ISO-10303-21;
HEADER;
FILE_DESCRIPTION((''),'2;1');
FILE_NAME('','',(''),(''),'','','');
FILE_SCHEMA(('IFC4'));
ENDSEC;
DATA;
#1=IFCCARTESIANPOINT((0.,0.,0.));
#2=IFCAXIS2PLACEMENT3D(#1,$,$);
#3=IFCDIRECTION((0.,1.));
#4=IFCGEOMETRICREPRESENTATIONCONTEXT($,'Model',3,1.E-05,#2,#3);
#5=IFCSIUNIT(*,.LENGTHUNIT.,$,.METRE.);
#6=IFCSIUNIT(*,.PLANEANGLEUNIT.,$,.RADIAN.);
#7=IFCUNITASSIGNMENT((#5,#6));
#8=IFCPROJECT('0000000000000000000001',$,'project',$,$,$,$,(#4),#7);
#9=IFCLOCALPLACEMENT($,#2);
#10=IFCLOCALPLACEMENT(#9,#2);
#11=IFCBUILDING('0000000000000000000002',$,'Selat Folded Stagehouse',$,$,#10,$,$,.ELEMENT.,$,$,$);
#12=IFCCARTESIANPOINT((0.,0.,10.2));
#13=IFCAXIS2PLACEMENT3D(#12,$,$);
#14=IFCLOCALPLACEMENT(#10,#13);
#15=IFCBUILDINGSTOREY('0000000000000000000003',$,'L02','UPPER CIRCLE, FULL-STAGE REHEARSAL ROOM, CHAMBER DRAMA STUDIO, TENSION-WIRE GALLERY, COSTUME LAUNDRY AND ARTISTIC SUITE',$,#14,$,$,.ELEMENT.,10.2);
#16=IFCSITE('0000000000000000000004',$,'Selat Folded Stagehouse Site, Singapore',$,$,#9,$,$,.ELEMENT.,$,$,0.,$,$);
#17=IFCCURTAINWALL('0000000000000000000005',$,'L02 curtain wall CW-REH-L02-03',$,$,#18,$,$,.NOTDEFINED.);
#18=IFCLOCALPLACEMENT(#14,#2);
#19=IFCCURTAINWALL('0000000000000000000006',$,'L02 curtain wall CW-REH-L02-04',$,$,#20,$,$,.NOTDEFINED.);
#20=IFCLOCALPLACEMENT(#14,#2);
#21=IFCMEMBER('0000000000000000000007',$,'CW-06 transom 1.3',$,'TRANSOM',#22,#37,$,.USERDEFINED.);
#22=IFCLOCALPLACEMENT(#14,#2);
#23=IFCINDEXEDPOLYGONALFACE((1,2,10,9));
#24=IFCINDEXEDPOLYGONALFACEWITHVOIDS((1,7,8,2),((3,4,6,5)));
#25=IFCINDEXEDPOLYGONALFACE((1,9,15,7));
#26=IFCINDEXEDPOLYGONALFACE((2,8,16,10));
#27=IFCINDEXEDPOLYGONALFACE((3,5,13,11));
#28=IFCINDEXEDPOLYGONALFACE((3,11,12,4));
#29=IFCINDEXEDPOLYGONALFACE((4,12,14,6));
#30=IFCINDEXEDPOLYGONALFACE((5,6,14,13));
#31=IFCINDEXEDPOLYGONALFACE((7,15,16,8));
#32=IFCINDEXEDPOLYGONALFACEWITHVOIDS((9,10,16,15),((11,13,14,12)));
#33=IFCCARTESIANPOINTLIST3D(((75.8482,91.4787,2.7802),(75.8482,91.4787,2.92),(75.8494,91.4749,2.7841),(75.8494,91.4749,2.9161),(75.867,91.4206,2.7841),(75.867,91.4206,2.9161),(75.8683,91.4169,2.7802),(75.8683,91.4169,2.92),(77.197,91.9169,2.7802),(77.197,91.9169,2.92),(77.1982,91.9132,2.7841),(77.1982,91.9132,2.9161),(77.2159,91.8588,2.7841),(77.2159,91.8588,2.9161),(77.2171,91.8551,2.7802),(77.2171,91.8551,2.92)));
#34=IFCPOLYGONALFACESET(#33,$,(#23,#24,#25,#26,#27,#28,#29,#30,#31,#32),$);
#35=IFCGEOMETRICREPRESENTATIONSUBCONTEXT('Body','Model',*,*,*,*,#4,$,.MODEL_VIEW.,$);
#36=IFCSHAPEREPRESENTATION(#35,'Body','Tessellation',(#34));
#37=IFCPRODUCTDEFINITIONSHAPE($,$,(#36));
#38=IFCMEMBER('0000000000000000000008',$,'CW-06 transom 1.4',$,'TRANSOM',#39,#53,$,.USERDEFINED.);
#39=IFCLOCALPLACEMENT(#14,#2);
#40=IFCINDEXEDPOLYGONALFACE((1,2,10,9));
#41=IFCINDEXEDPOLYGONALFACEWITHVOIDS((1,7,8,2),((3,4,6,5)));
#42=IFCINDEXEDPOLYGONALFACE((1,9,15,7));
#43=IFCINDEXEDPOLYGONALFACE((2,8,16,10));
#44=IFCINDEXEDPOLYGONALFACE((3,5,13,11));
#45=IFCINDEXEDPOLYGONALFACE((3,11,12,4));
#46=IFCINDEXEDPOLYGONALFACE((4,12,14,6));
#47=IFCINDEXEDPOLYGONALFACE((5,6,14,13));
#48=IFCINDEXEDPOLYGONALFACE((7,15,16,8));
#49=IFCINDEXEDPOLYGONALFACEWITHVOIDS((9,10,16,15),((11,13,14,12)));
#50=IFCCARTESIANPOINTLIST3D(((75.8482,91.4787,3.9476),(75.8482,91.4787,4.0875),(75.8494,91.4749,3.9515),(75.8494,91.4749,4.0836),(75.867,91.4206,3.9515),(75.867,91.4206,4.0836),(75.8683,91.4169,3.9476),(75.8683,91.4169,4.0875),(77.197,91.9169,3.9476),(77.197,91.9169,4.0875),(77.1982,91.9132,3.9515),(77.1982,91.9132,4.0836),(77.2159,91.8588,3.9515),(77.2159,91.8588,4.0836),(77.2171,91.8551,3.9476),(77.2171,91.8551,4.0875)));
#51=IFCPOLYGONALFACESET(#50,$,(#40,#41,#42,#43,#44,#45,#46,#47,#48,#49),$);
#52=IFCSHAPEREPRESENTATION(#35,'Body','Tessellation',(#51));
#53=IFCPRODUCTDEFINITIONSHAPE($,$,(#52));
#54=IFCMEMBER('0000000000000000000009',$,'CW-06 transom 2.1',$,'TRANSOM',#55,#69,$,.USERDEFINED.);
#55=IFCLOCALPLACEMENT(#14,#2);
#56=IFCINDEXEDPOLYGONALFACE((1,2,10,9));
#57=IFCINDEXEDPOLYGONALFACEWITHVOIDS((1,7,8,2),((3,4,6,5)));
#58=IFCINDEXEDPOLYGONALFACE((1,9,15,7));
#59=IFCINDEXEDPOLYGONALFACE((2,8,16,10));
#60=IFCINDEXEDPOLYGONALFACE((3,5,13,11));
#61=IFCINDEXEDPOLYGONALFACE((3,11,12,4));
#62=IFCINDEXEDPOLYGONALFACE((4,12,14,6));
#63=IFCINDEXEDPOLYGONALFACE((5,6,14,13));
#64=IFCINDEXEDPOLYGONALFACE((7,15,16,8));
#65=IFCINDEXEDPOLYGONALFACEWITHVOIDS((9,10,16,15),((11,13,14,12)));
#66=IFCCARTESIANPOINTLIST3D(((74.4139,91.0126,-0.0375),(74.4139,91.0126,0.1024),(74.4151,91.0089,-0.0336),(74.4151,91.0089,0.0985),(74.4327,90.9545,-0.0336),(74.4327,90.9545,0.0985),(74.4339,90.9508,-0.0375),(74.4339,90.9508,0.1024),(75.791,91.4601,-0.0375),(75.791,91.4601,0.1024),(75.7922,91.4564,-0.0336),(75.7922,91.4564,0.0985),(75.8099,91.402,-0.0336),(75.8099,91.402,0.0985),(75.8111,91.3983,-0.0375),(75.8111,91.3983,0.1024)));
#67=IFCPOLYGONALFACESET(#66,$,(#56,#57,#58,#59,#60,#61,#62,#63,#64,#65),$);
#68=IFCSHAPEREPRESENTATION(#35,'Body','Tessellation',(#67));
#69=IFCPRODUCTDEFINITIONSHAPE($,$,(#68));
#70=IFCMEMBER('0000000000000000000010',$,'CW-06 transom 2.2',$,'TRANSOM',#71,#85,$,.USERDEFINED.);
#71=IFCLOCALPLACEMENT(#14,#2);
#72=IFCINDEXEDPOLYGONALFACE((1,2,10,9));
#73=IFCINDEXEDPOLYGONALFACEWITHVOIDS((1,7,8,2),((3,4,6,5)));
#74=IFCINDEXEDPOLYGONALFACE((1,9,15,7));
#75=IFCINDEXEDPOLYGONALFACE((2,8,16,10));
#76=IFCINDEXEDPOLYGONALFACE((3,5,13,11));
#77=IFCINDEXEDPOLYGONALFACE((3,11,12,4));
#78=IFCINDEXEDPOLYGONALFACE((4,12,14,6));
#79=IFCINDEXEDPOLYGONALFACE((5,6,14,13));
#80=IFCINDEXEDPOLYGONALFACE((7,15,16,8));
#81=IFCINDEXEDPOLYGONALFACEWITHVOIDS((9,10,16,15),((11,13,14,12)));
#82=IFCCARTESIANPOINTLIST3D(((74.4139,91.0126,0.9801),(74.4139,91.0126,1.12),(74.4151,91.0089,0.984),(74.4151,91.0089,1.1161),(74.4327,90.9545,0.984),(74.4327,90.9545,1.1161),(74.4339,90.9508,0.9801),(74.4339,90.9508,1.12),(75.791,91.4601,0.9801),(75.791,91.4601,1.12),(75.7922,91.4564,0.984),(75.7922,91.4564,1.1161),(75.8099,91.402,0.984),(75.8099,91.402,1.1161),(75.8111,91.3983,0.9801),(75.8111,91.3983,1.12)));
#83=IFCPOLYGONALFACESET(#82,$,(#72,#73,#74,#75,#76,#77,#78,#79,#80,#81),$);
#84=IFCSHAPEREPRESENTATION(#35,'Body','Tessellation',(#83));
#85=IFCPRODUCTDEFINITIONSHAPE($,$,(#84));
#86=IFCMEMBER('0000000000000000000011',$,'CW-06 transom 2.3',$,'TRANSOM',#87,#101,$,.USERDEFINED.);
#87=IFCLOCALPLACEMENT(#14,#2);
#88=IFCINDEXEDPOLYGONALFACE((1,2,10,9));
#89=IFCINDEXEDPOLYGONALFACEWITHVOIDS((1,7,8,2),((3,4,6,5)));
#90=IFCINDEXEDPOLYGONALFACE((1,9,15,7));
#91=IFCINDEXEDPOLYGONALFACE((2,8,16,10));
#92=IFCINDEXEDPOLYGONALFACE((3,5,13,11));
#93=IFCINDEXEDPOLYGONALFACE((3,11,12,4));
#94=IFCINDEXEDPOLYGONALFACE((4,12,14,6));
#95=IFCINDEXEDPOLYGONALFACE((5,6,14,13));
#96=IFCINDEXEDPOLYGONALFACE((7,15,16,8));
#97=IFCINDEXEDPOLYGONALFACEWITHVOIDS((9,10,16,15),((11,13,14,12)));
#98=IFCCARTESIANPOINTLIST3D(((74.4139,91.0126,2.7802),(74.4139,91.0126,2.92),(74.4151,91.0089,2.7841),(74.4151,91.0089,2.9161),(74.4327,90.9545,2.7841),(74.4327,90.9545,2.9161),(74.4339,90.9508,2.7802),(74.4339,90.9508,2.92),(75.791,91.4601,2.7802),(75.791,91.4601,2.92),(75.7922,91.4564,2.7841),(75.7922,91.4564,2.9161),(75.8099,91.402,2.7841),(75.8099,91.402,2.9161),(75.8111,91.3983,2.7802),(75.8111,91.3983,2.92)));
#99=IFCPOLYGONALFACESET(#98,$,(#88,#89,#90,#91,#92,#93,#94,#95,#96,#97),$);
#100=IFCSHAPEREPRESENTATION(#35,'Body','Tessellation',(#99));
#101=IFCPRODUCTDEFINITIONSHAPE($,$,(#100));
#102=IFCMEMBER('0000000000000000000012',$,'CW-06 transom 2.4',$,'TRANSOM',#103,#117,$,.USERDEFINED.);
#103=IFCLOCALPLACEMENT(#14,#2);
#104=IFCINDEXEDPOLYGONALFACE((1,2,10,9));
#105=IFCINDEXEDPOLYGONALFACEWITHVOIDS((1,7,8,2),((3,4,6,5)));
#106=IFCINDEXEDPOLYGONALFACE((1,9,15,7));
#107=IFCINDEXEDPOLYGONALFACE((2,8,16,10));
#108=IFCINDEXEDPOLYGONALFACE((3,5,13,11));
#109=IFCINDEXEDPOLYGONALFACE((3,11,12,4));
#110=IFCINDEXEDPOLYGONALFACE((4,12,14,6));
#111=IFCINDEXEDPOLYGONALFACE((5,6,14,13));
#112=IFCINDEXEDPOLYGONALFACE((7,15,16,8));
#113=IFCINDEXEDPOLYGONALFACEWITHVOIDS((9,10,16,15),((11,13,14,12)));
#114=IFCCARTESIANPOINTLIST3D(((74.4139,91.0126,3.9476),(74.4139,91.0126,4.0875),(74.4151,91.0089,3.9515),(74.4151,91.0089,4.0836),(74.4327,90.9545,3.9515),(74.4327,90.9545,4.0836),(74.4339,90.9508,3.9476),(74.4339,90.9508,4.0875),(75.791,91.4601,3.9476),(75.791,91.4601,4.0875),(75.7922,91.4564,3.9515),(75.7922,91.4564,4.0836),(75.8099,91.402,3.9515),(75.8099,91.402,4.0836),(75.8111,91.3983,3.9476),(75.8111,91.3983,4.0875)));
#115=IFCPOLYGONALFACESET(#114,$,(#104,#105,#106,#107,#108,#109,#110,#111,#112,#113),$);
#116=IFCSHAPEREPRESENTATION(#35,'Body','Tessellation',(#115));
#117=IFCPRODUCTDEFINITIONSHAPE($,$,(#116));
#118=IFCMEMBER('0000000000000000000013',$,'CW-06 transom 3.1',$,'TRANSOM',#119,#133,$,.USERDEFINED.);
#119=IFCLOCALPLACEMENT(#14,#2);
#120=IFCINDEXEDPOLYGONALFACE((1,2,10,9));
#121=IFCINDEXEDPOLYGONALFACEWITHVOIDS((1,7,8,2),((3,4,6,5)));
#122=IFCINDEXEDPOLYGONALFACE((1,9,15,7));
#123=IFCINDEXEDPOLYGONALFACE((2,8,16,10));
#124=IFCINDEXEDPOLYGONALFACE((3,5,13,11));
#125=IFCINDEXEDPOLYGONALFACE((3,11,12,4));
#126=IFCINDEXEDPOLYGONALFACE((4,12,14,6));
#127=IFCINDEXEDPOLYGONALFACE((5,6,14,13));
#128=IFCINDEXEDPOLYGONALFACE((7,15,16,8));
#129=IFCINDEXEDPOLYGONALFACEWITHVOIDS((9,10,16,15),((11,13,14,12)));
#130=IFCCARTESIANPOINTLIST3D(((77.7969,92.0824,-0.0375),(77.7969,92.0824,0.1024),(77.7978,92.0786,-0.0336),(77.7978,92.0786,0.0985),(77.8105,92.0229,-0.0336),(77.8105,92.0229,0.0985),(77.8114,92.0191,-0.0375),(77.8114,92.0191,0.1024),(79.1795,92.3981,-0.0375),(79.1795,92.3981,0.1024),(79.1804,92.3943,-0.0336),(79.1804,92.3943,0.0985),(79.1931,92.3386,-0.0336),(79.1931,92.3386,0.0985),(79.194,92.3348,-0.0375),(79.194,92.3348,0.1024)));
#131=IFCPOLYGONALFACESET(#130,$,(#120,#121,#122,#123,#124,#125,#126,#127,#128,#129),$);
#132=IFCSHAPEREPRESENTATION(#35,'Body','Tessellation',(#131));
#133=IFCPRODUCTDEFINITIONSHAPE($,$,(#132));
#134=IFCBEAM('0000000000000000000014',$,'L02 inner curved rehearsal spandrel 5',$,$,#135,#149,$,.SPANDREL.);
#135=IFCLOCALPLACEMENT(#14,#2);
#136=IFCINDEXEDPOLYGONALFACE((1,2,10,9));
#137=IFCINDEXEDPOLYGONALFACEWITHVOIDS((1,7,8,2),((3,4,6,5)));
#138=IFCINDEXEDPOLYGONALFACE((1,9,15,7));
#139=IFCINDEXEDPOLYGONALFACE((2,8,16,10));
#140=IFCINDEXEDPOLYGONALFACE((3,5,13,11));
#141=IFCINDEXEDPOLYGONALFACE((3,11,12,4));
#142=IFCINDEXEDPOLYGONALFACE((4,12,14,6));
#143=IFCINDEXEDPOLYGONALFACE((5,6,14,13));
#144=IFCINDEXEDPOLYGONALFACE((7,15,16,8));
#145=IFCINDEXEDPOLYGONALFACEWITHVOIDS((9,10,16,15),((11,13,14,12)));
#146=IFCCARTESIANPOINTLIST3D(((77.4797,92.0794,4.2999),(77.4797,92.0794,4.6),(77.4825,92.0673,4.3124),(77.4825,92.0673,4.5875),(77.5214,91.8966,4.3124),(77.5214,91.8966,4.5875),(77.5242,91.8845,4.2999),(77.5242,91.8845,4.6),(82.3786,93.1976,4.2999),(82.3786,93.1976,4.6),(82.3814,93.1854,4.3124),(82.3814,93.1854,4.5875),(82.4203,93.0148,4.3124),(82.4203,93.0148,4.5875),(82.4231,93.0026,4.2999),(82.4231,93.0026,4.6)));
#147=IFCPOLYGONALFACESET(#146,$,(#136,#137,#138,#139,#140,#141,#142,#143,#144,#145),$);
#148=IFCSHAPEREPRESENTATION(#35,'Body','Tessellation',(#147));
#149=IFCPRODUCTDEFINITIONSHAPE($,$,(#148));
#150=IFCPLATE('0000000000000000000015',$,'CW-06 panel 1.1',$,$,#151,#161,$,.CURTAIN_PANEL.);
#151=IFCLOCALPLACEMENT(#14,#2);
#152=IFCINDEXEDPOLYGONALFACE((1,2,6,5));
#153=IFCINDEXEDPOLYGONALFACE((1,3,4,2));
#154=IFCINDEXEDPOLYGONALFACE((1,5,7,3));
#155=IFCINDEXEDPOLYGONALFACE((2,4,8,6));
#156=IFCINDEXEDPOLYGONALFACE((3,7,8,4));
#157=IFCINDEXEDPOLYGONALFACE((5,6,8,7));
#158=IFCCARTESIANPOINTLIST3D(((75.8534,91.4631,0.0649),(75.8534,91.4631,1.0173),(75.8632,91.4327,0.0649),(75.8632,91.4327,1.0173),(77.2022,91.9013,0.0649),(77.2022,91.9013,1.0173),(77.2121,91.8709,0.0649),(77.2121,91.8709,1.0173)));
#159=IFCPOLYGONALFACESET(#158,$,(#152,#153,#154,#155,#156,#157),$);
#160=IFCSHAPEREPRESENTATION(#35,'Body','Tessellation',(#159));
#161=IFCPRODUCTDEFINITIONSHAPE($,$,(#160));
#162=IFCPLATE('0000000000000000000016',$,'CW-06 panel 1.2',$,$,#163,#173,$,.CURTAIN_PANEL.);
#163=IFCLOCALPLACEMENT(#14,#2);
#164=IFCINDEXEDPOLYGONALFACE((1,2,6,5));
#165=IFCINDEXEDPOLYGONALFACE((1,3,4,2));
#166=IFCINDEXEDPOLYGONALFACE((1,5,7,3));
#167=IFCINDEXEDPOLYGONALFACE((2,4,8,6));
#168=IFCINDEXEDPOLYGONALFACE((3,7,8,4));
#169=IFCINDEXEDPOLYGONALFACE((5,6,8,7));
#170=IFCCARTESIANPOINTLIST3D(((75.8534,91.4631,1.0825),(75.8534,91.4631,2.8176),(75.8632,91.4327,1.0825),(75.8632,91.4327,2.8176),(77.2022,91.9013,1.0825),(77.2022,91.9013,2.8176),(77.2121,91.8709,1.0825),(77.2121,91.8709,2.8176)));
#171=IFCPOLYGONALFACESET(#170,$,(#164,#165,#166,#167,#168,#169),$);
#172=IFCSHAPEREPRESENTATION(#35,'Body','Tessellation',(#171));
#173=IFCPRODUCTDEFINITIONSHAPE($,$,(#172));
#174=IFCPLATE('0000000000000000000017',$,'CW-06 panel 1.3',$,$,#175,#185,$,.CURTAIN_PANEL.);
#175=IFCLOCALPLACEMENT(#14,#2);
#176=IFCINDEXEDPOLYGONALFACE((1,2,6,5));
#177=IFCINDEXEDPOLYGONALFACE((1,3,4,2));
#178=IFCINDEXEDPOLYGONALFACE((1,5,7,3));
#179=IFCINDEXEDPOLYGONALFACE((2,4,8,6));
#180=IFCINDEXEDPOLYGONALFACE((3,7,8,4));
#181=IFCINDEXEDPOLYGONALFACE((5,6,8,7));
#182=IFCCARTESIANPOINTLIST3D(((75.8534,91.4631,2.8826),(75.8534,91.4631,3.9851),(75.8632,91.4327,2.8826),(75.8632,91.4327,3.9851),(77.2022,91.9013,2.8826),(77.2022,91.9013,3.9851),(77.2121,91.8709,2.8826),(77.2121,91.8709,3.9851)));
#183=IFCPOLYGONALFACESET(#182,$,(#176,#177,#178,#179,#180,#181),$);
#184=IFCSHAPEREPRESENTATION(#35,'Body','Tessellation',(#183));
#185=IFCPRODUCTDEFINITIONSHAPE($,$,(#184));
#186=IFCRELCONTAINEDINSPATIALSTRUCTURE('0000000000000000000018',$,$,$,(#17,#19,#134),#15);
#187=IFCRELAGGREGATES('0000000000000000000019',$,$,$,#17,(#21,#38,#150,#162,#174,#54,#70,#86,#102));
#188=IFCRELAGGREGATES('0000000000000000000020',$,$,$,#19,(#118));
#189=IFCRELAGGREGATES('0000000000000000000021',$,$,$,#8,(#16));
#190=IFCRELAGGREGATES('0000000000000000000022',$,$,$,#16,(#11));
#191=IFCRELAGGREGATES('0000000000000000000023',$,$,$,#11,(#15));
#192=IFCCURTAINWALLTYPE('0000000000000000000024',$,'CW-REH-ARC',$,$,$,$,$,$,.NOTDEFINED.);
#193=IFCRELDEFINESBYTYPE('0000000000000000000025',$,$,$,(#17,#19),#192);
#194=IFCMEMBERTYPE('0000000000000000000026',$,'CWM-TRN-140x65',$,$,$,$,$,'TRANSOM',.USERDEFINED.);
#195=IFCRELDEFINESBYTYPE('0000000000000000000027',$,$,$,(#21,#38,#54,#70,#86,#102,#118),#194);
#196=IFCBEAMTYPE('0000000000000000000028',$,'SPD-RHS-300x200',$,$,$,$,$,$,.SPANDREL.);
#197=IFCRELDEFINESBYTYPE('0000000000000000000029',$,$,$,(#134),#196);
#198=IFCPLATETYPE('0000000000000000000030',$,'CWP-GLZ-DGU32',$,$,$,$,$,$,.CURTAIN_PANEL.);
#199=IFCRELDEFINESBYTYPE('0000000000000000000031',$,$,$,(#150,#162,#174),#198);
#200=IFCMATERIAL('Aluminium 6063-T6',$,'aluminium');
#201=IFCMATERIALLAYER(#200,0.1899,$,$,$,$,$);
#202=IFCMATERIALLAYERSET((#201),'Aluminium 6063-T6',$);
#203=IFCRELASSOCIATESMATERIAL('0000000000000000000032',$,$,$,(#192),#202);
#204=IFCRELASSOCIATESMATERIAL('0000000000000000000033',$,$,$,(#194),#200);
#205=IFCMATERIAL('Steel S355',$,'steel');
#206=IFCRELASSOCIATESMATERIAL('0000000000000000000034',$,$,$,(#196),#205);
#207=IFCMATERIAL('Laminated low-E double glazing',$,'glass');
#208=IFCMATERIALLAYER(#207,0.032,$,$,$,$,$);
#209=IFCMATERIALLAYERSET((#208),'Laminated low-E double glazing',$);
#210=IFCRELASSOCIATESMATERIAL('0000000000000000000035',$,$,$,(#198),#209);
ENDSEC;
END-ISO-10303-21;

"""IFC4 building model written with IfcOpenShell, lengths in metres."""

from ifc_helpers import new_model, si_unit, direction, frame, origin, origin_2d, place, context, subcontext, project, spatial, rectangle, hollow_rectangle, extrude, material, layer, layer_set, material_profile, profile_set, type_object, element, aggregate, save


model = new_model("IFC4")

# Units and contexts
model_context = context("Model", 3, precision=1e-05, world=origin(), true_north=direction((0.0, 1.0)))
body_context = subcontext(model_context, "Body", "Model", "MODEL_VIEW")
ifc_project = project(units=[si_unit("LENGTHUNIT", "METRE"), si_unit("PLANEANGLEUNIT", "RADIAN")], contexts=[model_context])

# Site, building, storey
site_placement = place(None, origin())
site = spatial("IfcSite", under=ifc_project, at=site_placement, Name="Selat Folded Stagehouse Site, Singapore", CompositionType="ELEMENT", RefElevation=0.0)
building_placement = place(site_placement, origin())
building = spatial("IfcBuilding", under=site, at=building_placement, Name="Selat Folded Stagehouse", CompositionType="ELEMENT")
storey_placement = place(building_placement, frame((0.0, 0.0, 10.2)))
storey = spatial("IfcBuildingStorey", under=building, at=storey_placement, Name="L02", Description="UPPER CIRCLE, FULL-STAGE REHEARSAL ROOM, CHAMBER DRAMA STUDIO, TENSION-WIRE GALLERY, COSTUME LAUNDRY AND ARTISTIC SUITE", CompositionType="ELEMENT", Elevation=10.2)

# Shared definitions
ifc_material_1 = material(Name="Steel S355", Category="steel")

# Curtain wall
ifc_material_2 = material(Name="Aluminium 6063-T6", Category="aluminium")
ifc_layer_1 = layer(ifc_material_2, 0.1899)
ifc_layer_set_1 = layer_set([ifc_layer_1], Name="Aluminium 6063-T6")
curtain_wall_type = type_object("IfcCurtainWallType", Name="CW-REH-ARC", PredefinedType="NOTDEFINED", material=ifc_layer_set_1)
curtain_wall_1_placement = place(storey_placement, origin())
curtain_wall_1 = element("IfcCurtainWall", 1, at=curtain_wall_1_placement, inside=storey, type_object=curtain_wall_type, Name="L02 curtain wall CW-REH-L02-03", PredefinedType="NOTDEFINED")

# Curtain wall
curtain_wall_2_placement = place(storey_placement, origin())
curtain_wall_2 = element("IfcCurtainWall", 2, at=curtain_wall_2_placement, inside=storey, type_object=curtain_wall_type, Name="L02 curtain wall CW-REH-L02-04", PredefinedType="NOTDEFINED")

# Members
ifc_material_profile_1 = material_profile(ifc_material_2, hollow_rectangle(XDim=0.0649, YDim=0.1399, WallThickness=0.0039, at=origin_2d()), Name="ALU 140x65x4.0")
ifc_profile_set_1 = profile_set([ifc_material_profile_1], Name="Aluminium 6063-T6")
member_type_1 = type_object("IfcMemberType", Name="CWM-TRN-140x65", ElementType="TRANSOM", PredefinedType="USERDEFINED", material=ifc_profile_set_1)
member_1_placement = place(storey_placement, frame((77.207, 91.886, 2.8501), z_axis=(-0.951066, -0.308989, 0.0), x_axis=(0.308989, -0.951066, 0.0)))
member_1 = element("IfcMember", 3, at=member_1_placement, type_object=member_type_1, Name="CW-06 transom 1.3", ObjectType="TRANSOM", PredefinedType="USERDEFINED", context=body_context, shape_type="SweptSolid", body=[
    extrude(hollow_rectangle(XDim=0.0649, YDim=0.1399, WallThickness=0.0039, at=origin_2d()), origin(), (0.0, 0.0, 1.0), 1.4182),
])
member_2_placement = place(storey_placement, frame((77.207, 91.886, 4.0176), z_axis=(-0.951066, -0.308989, 0.0), x_axis=(0.308989, -0.951066, 0.0)))
member_2 = element("IfcMember", 4, at=member_2_placement, type_object=member_type_1, Name="CW-06 transom 1.4", ObjectType="TRANSOM", PredefinedType="USERDEFINED", context=body_context, shape_type="SweptSolid", body=[
    extrude(hollow_rectangle(XDim=0.0649, YDim=0.1399, WallThickness=0.0039, at=origin_2d()), origin(), (0.0, 0.0, 1.0), 1.4182),
])
member_3_placement = place(storey_placement, frame((75.801, 91.4292, 0.0325), z_axis=(-0.95105, -0.309037, 0.0), x_axis=(0.309037, -0.95105, 0.0)))
member_3 = element("IfcMember", 5, at=member_3_placement, type_object=member_type_1, Name="CW-06 transom 2.1", ObjectType="TRANSOM", PredefinedType="USERDEFINED", context=body_context, shape_type="SweptSolid", body=[
    extrude(hollow_rectangle(XDim=0.0649, YDim=0.1399, WallThickness=0.0039, at=origin_2d()), origin(), (0.0, 0.0, 1.0), 1.448),
])
member_4_placement = place(storey_placement, frame((75.801, 91.4292, 1.05), z_axis=(-0.95105, -0.309037, 0.0), x_axis=(0.309037, -0.95105, 0.0)))
member_4 = element("IfcMember", 6, at=member_4_placement, type_object=member_type_1, Name="CW-06 transom 2.2", ObjectType="TRANSOM", PredefinedType="USERDEFINED", context=body_context, shape_type="SweptSolid", body=[
    extrude(hollow_rectangle(XDim=0.0649, YDim=0.1399, WallThickness=0.0039, at=origin_2d()), origin(), (0.0, 0.0, 1.0), 1.448),
])
member_5_placement = place(storey_placement, frame((75.801, 91.4292, 2.8501), z_axis=(-0.95105, -0.309037, 0.0), x_axis=(0.309037, -0.95105, 0.0)))
member_5 = element("IfcMember", 7, at=member_5_placement, type_object=member_type_1, Name="CW-06 transom 2.3", ObjectType="TRANSOM", PredefinedType="USERDEFINED", context=body_context, shape_type="SweptSolid", body=[
    extrude(hollow_rectangle(XDim=0.0649, YDim=0.1399, WallThickness=0.0039, at=origin_2d()), origin(), (0.0, 0.0, 1.0), 1.448),
])
member_6_placement = place(storey_placement, frame((75.801, 91.4292, 4.0176), z_axis=(-0.95105, -0.309037, 0.0), x_axis=(0.309037, -0.95105, 0.0)))
member_6 = element("IfcMember", 8, at=member_6_placement, type_object=member_type_1, Name="CW-06 transom 2.4", ObjectType="TRANSOM", PredefinedType="USERDEFINED", context=body_context, shape_type="SweptSolid", body=[
    extrude(hollow_rectangle(XDim=0.0649, YDim=0.1399, WallThickness=0.0039, at=origin_2d()), origin(), (0.0, 0.0, 1.0), 1.448),
])
member_7_placement = place(storey_placement, frame((79.1868, 92.3665, 0.0325), z_axis=(-0.974911, -0.222596, 0.0), x_axis=(0.222596, -0.974911, 0.0)))
member_7 = element("IfcMember", 9, at=member_7_placement, type_object=member_type_1, Name="CW-06 transom 3.1", ObjectType="TRANSOM", PredefinedType="USERDEFINED", context=body_context, shape_type="SweptSolid", body=[
    extrude(hollow_rectangle(XDim=0.0649, YDim=0.1399, WallThickness=0.0039, at=origin_2d()), origin(), (0.0, 0.0, 1.0), 1.4182),
])

# Beam
ifc_material_profile_2 = material_profile(ifc_material_1, hollow_rectangle(XDim=0.2, YDim=0.3, WallThickness=0.0125, at=origin_2d()), Name="RHS 300x200x12.5")
ifc_profile_set_2 = profile_set([ifc_material_profile_2], Name="Steel S355")
beam_type_1 = type_object("IfcBeamType", Name="SPD-RHS-300x200", PredefinedType="SPANDREL", material=ifc_profile_set_2)
beam_1_placement = place(storey_placement, frame((77.502, 91.9819, 4.45), z_axis=(0.974927, 0.222524, 0.0), x_axis=(-0.222524, 0.974927, 0.0)))
element("IfcBeam", 10, at=beam_1_placement, inside=storey, type_object=beam_type_1, Name="L02 inner curved rehearsal spandrel 5", PredefinedType="SPANDREL", context=body_context, shape_type="SweptSolid", body=[
    extrude(hollow_rectangle(XDim=0.2, YDim=0.3, WallThickness=0.0125, at=origin_2d()), origin(), (0.0, 0.0, 1.0), 5.0249),
])

# Plates
ifc_material_3 = material(Name="Laminated low-E double glazing", Category="glass")
ifc_layer_2 = layer(ifc_material_3, 0.032)
ifc_layer_set_2 = layer_set([ifc_layer_2], Name="Laminated low-E double glazing")
plate_type = type_object("IfcPlateType", Name="CWP-GLZ-DGU32", PredefinedType="CURTAIN_PANEL", material=ifc_layer_set_2)
plate_1_placement = place(storey_placement, frame((76.5327, 91.667, 0.0649), z_axis=(0.0, 0.0, 1.0), x_axis=(-0.951065, -0.308992, 0.0)))
plate_1 = element("IfcPlate", 11, at=plate_1_placement, type_object=plate_type, Name="CW-06 panel 1.1", PredefinedType="CURTAIN_PANEL", context=body_context, shape_type="SweptSolid", body=[
    extrude(rectangle(XDim=1.4182, YDim=0.032, at=origin_2d()), origin(), (0.0, 0.0, 1.0), 0.9524),
])
plate_2_placement = place(storey_placement, frame((76.5327, 91.667, 1.0825), z_axis=(0.0, 0.0, 1.0), x_axis=(-0.951065, -0.308992, 0.0)))
plate_2 = element("IfcPlate", 12, at=plate_2_placement, type_object=plate_type, Name="CW-06 panel 1.2", PredefinedType="CURTAIN_PANEL", context=body_context, shape_type="SweptSolid", body=[
    extrude(rectangle(XDim=1.4182, YDim=0.032, at=origin_2d()), origin(), (0.0, 0.0, 1.0), 1.7351),
])
plate_3_placement = place(storey_placement, frame((76.5327, 91.667, 2.8826), z_axis=(0.0, 0.0, 1.0), x_axis=(-0.951065, -0.308992, 0.0)))
plate_3 = element("IfcPlate", 13, at=plate_3_placement, type_object=plate_type, Name="CW-06 panel 1.3", PredefinedType="CURTAIN_PANEL", context=body_context, shape_type="SweptSolid", body=[
    extrude(rectangle(XDim=1.4182, YDim=0.032, at=origin_2d()), origin(), (0.0, 0.0, 1.0), 1.1025),
])
aggregate(curtain_wall_1, [member_1, member_2, plate_1, plate_2, plate_3, member_3, member_4, member_5, member_6])
aggregate(curtain_wall_2, [member_7])

save(model, "model.ifc")
